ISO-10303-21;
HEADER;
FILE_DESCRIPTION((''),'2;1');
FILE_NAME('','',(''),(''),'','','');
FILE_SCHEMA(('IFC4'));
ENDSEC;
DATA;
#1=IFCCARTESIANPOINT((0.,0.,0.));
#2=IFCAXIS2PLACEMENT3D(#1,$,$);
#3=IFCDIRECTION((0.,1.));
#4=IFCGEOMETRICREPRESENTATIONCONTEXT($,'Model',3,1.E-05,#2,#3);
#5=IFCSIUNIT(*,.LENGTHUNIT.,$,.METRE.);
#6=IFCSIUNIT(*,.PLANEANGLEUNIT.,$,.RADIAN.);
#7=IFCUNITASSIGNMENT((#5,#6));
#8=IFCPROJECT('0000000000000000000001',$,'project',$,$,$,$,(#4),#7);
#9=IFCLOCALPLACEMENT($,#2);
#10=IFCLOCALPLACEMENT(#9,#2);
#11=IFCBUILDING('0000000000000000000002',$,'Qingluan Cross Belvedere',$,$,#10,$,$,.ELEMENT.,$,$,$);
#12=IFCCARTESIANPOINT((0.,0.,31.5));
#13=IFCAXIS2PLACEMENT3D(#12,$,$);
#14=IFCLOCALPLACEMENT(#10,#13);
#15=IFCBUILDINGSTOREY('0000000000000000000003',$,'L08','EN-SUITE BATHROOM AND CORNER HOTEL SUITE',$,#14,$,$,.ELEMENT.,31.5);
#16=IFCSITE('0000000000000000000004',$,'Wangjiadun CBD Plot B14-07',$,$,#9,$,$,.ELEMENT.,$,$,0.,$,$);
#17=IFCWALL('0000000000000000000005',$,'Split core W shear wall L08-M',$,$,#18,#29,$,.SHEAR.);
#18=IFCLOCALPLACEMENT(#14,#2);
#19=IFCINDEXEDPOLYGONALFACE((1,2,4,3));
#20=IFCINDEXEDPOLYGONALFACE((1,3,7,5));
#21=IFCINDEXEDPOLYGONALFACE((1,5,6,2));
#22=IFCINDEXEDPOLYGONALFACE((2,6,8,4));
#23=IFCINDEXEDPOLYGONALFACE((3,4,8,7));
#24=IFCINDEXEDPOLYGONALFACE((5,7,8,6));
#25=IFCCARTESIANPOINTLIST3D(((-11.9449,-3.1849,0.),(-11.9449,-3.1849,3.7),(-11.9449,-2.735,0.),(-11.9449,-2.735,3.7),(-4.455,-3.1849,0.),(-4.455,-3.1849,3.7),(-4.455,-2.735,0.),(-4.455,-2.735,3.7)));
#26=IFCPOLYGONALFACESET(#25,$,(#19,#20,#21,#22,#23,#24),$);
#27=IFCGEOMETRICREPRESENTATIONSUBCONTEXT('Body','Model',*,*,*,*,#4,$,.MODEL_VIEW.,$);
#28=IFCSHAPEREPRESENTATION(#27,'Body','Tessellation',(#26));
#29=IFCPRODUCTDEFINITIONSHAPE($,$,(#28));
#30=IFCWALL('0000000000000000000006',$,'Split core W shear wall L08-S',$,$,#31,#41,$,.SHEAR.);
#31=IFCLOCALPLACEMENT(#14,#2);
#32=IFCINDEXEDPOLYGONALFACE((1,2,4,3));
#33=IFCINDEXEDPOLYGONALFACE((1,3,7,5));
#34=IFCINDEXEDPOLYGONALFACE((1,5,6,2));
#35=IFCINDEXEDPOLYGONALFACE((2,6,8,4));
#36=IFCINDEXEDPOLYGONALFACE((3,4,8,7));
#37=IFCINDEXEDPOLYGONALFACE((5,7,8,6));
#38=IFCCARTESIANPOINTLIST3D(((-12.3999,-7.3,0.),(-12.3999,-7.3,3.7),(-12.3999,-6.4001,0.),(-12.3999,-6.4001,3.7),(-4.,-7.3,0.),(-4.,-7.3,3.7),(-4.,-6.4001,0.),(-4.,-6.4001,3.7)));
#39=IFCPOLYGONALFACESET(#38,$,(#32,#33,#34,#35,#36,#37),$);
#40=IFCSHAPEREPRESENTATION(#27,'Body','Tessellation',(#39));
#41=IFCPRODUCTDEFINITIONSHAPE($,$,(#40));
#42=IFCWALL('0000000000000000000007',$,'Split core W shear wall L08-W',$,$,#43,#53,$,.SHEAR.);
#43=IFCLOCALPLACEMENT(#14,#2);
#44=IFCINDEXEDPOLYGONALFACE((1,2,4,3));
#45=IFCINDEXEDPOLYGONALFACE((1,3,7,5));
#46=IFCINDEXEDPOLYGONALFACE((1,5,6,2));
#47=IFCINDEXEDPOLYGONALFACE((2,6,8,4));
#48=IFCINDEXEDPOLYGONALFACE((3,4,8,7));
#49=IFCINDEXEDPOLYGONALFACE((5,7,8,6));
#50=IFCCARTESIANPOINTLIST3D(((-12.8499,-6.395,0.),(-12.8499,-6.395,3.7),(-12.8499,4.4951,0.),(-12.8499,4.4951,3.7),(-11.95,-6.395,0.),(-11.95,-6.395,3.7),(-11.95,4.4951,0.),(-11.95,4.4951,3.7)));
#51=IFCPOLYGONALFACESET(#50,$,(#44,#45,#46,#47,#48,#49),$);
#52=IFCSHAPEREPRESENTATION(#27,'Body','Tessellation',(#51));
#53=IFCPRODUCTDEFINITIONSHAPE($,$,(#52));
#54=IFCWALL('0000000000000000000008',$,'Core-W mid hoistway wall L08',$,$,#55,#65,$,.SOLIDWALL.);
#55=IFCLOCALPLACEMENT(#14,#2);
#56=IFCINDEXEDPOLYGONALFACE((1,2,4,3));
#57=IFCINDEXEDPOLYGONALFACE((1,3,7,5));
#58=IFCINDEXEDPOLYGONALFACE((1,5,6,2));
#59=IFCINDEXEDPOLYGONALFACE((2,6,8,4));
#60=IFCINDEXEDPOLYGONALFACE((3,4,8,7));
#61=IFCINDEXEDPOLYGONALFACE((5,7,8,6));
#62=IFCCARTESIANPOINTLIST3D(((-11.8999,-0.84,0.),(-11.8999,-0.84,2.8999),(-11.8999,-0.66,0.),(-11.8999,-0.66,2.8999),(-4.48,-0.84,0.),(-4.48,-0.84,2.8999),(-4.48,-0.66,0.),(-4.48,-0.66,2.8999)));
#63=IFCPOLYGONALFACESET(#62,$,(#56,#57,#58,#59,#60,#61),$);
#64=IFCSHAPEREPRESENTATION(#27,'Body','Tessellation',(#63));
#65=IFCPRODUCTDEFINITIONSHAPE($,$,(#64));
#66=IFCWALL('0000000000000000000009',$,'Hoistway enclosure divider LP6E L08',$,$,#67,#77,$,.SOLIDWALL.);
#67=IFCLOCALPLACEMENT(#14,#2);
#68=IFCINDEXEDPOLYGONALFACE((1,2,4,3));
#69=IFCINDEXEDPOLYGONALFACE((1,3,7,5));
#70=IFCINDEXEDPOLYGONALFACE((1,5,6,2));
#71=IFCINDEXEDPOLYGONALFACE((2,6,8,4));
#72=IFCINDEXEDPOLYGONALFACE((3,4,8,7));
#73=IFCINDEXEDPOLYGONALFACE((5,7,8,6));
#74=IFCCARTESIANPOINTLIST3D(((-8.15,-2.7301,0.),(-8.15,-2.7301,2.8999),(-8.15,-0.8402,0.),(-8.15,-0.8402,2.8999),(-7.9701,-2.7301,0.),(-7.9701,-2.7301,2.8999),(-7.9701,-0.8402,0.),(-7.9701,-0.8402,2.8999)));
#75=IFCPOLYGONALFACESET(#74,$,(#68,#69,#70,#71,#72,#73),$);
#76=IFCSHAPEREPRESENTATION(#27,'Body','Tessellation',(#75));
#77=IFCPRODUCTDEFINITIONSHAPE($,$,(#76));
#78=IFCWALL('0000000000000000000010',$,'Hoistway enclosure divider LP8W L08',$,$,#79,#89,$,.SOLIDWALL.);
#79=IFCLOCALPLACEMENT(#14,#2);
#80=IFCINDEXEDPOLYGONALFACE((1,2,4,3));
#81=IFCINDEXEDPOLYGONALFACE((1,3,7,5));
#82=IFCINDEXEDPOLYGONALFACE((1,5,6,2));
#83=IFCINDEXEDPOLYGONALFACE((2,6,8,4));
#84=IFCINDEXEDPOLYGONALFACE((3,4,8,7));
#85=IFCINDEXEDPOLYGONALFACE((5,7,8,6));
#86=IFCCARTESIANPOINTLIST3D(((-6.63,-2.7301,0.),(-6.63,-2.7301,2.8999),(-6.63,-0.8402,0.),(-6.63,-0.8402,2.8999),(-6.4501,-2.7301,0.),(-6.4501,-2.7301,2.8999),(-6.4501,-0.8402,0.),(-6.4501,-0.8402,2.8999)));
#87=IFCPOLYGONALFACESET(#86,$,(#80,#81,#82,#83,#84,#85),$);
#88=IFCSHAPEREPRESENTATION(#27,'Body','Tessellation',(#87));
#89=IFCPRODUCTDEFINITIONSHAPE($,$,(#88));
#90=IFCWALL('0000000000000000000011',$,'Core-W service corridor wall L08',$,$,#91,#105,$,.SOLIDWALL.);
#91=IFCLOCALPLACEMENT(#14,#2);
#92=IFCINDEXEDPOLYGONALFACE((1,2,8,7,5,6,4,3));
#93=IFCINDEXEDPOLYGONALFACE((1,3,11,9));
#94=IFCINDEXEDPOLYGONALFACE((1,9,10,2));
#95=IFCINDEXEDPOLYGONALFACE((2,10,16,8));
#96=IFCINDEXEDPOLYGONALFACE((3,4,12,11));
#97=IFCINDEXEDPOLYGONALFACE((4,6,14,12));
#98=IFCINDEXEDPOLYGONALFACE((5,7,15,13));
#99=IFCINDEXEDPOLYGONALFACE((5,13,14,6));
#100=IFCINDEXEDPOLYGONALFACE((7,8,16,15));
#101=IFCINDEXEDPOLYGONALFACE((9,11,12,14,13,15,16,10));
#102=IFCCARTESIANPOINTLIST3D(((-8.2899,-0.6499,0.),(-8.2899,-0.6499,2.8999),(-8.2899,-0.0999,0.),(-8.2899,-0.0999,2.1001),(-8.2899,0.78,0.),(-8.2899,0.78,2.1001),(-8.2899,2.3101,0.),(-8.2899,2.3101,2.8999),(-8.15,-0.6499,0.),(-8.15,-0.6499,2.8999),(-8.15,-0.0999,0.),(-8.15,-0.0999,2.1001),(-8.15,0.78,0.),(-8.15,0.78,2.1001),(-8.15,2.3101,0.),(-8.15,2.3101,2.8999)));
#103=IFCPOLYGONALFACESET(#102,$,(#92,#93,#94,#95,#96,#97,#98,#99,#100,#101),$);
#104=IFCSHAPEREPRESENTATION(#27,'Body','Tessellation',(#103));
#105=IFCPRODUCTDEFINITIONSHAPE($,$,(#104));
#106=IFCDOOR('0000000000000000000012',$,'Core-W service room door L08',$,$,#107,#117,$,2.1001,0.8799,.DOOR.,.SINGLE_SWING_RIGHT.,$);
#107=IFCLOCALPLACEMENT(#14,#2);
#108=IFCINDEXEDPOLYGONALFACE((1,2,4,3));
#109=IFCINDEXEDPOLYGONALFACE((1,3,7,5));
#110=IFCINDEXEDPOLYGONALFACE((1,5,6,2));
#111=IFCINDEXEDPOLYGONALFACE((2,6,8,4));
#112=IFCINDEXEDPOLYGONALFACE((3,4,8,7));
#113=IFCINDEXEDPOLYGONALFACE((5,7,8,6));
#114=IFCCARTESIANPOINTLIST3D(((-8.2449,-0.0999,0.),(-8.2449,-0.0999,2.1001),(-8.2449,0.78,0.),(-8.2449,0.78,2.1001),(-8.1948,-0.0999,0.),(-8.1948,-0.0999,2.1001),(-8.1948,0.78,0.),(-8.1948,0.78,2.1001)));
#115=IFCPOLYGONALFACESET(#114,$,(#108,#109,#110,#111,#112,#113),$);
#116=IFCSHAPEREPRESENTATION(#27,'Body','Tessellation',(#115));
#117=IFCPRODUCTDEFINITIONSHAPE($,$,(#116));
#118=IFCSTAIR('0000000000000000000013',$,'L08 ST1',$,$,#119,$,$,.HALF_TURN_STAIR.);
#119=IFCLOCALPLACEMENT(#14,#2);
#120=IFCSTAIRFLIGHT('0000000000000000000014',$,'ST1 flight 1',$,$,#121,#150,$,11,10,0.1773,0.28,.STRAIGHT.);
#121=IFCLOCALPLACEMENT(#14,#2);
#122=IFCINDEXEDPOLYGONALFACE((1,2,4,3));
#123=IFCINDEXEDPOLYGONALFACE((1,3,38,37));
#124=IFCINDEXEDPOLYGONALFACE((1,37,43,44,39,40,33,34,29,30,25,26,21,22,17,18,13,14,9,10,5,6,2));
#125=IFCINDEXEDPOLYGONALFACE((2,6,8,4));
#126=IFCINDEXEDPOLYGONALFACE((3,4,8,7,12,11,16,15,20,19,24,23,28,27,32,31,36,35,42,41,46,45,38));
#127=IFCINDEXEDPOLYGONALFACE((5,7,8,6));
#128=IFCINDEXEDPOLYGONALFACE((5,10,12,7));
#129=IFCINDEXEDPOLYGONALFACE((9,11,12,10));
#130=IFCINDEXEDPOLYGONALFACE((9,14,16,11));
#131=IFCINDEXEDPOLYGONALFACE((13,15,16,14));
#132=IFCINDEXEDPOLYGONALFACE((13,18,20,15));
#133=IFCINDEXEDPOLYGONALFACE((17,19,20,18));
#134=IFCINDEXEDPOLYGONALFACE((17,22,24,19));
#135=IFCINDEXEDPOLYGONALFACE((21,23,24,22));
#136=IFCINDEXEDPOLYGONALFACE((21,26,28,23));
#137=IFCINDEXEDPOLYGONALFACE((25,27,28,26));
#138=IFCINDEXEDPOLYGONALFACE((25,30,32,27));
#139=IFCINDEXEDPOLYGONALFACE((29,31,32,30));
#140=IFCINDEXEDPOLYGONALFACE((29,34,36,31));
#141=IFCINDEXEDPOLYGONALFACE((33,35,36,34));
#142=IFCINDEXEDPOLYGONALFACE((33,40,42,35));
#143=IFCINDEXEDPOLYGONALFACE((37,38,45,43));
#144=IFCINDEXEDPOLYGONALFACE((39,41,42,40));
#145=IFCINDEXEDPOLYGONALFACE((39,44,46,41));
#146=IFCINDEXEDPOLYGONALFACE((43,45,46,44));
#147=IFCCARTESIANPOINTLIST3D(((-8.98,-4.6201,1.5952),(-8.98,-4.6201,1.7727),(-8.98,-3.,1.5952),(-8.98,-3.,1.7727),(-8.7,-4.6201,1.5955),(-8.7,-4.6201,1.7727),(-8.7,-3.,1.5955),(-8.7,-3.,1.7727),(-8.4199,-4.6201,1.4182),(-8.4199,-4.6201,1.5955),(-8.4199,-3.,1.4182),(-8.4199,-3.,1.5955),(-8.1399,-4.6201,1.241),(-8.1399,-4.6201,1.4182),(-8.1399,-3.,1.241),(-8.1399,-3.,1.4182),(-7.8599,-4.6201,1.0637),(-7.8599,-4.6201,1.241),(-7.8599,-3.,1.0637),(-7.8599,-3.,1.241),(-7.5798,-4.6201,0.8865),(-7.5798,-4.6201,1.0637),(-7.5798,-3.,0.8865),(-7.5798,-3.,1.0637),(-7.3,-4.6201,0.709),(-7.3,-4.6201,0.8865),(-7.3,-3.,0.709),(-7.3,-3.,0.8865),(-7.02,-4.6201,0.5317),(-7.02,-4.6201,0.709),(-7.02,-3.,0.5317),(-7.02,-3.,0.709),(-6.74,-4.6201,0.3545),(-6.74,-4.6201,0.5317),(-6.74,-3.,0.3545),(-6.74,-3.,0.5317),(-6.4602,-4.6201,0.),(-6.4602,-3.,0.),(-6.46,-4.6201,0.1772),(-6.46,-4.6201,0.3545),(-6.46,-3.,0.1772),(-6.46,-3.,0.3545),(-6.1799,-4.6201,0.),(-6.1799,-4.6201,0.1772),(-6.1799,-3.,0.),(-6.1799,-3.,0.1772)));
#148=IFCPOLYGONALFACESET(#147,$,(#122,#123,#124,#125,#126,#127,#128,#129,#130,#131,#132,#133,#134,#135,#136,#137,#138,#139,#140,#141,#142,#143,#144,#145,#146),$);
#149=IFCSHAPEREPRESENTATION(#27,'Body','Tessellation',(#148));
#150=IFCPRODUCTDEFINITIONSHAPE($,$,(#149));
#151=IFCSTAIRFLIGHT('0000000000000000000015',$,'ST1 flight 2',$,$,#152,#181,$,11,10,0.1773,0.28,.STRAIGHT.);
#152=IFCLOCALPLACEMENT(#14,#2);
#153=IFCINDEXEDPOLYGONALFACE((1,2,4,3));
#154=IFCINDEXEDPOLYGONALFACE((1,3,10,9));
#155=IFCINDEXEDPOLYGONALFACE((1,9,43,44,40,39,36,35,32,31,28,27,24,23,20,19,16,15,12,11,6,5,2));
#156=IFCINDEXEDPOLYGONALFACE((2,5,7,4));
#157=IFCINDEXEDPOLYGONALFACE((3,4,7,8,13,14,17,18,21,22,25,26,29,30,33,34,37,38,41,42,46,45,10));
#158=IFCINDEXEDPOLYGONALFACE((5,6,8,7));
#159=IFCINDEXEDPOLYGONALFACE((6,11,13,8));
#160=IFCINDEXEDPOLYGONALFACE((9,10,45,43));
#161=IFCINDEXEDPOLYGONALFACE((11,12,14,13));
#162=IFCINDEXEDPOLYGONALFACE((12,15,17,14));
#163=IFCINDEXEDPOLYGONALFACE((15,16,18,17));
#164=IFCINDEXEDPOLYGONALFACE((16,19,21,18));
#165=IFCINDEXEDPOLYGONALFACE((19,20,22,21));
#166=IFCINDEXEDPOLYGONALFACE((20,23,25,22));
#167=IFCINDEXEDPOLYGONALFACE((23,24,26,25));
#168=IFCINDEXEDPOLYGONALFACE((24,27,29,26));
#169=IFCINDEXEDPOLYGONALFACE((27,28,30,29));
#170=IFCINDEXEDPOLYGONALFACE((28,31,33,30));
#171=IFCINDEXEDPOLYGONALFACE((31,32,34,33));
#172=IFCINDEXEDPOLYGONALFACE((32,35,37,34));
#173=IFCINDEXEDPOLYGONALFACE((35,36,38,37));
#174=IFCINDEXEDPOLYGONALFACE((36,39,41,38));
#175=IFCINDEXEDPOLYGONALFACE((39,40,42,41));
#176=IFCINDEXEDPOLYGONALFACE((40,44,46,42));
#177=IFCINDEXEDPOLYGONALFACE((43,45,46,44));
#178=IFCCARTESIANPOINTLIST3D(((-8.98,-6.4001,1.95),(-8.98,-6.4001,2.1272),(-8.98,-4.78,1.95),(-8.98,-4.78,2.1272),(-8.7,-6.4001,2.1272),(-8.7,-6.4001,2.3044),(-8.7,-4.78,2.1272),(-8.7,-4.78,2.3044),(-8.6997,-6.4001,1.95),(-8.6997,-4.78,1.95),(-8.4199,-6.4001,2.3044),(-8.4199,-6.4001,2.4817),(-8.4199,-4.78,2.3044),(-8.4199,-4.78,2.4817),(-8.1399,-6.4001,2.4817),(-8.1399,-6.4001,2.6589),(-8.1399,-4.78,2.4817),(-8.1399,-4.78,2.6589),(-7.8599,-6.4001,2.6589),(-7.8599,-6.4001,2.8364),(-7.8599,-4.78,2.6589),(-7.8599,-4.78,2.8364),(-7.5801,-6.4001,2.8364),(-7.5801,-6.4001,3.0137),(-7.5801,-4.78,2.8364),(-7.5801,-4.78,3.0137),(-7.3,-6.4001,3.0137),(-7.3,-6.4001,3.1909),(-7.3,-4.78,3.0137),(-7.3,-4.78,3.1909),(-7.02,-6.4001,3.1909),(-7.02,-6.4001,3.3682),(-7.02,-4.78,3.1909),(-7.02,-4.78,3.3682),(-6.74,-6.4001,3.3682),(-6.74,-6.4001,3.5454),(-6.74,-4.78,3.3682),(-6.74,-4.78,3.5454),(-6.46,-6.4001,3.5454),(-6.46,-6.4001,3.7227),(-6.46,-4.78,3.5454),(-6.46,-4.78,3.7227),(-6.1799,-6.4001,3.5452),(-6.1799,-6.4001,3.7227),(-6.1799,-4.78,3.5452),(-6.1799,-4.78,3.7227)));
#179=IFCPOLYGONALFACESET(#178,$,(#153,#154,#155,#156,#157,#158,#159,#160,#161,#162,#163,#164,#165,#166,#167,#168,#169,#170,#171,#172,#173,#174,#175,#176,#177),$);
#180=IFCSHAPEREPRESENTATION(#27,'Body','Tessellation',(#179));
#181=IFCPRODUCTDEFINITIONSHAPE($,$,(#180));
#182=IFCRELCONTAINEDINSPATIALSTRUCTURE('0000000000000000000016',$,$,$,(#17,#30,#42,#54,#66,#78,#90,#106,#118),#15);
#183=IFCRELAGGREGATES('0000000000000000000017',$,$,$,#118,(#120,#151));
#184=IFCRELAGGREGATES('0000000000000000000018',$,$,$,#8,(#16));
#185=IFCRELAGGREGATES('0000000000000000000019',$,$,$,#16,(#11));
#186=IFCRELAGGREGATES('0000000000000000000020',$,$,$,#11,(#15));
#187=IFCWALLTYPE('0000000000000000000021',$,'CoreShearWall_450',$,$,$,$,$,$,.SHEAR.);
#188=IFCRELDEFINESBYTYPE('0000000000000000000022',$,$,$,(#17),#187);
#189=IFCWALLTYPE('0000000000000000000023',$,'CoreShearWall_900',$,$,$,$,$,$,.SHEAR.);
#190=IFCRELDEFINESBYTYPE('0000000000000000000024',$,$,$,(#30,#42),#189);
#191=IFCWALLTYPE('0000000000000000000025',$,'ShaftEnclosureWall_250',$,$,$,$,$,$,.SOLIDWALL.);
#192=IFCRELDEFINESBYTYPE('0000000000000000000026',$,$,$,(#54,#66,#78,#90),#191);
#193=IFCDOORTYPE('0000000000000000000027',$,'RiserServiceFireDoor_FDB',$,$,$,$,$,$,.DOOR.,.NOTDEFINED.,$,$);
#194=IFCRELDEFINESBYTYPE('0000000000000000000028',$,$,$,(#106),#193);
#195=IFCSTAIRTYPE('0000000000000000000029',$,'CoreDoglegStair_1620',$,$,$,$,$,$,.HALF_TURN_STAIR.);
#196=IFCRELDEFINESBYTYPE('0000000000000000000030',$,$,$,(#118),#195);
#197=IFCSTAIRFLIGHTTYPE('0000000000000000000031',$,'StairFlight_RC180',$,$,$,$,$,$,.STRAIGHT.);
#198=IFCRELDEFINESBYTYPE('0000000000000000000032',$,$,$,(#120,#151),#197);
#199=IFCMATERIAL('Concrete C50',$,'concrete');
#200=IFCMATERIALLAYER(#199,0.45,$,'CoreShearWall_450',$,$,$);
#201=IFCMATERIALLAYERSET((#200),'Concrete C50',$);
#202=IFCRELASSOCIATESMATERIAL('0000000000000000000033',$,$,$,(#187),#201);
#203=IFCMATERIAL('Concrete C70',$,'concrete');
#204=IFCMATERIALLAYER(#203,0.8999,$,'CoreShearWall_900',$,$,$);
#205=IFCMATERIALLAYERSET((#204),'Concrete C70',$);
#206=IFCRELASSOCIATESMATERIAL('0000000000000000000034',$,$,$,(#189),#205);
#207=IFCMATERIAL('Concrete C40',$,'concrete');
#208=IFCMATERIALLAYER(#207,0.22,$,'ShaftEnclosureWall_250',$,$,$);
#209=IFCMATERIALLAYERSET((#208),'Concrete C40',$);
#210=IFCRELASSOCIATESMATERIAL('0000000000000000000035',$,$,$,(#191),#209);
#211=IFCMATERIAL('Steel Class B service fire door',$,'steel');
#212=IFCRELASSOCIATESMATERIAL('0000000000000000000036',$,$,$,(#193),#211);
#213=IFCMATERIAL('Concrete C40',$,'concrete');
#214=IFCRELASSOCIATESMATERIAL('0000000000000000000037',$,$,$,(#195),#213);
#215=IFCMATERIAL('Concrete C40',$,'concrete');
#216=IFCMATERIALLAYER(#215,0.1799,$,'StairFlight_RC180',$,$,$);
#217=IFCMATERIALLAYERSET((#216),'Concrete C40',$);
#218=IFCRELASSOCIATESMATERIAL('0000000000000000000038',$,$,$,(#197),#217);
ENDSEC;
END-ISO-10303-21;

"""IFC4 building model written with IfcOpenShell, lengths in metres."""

from ifc_helpers import new_model, si_unit, direction, frame, frame_2d, origin, place, context, subcontext, project, spatial, polyline, rectangle, outline, extrude, material, layer, layer_set, type_object, element, fill, aggregate, save


model = new_model("IFC4")

# Units and contexts
model_context = context("Model", 3, precision=1e-05, world=origin(), true_north=direction((0.0, 1.0)))
body_context = subcontext(model_context, "Body", "Model", "MODEL_VIEW")
ifc_project = project(units=[si_unit("LENGTHUNIT", "METRE"), si_unit("PLANEANGLEUNIT", "RADIAN")], contexts=[model_context])

# Site, building, storey
site_placement = place(None, origin())
site = spatial("IfcSite", under=ifc_project, at=site_placement, Name="Wangjiadun CBD Plot B14-07", CompositionType="ELEMENT", RefElevation=0.0)
building_placement = place(site_placement, origin())
building = spatial("IfcBuilding", under=site, at=building_placement, Name="Qingluan Cross Belvedere", CompositionType="ELEMENT")
storey_placement = place(building_placement, frame((0.0, 0.0, 31.5)))
storey = spatial("IfcBuildingStorey", under=building, at=storey_placement, Name="L08", Description="EN-SUITE BATHROOM AND CORNER HOTEL SUITE", CompositionType="ELEMENT", Elevation=31.5)

# Walls
ifc_material_1 = material(Name="Concrete C50", Category="concrete")
ifc_layer_1 = layer(ifc_material_1, 0.45, Name="CoreShearWall_450")
ifc_layer_set_1 = layer_set([ifc_layer_1], Name="Concrete C50")
wall_type_1 = type_object("IfcWallType", Name="CoreShearWall_450", PredefinedType="SHEAR", material=ifc_layer_set_1)
wall_1_placement = place(storey_placement, frame((-11.9451, -2.96, 0.0), z_axis=(0.0, 0.0, 1.0), x_axis=(1.0, 0.0, 0.0)))
element("IfcWall", 1, at=wall_1_placement, inside=storey, type_object=wall_type_1, Name="Split core W shear wall L08-M", PredefinedType="SHEAR", context=body_context, shape_type="SweptSolid", body=[
    extrude(rectangle(XDim=7.49, YDim=0.45, at=frame_2d((3.7451, 0.0))), origin(), (0.0, 0.0, 1.0), 3.7),
])
ifc_material_2 = material(Name="Concrete C70", Category="concrete")
ifc_layer_2 = layer(ifc_material_2, 0.8999, Name="CoreShearWall_900")
ifc_layer_set_2 = layer_set([ifc_layer_2], Name="Concrete C70")
wall_type_2 = type_object("IfcWallType", Name="CoreShearWall_900", PredefinedType="SHEAR", material=ifc_layer_set_2)
wall_2_placement = place(storey_placement, frame((-12.3999, -6.8501, 0.0), z_axis=(0.0, 0.0, 1.0), x_axis=(1.0, 0.0, 0.0)))
element("IfcWall", 2, at=wall_2_placement, inside=storey, type_object=wall_type_2, Name="Split core W shear wall L08-S", PredefinedType="SHEAR", context=body_context, shape_type="SweptSolid", body=[
    extrude(rectangle(XDim=8.3999, YDim=0.8999, at=frame_2d((4.2, 0.0))), origin(), (0.0, 0.0, 1.0), 3.7),
])
wall_3_placement = place(storey_placement, frame((-12.3999, -6.395, 0.0), z_axis=(0.0, 0.0, 1.0), x_axis=(0.0, 1.0, 0.0)))
element("IfcWall", 3, at=wall_3_placement, inside=storey, type_object=wall_type_2, Name="Split core W shear wall L08-W", PredefinedType="SHEAR", context=body_context, shape_type="SweptSolid", body=[
    extrude(rectangle(XDim=10.8901, YDim=0.8999, at=frame_2d((5.4451, 0.0))), origin(), (0.0, 0.0, 1.0), 3.7),
])

# Walls
ifc_material_3 = material(Name="Concrete C40", Category="concrete")
ifc_layer_3 = layer(ifc_material_3, 0.22, Name="ShaftEnclosureWall_250")
ifc_layer_set_3 = layer_set([ifc_layer_3], Name="Concrete C40")
wall_type_3 = type_object("IfcWallType", Name="ShaftEnclosureWall_250", PredefinedType="SOLIDWALL", material=ifc_layer_set_3)
wall_4_placement = place(storey_placement, frame((-11.8999, -0.75, 0.0), z_axis=(0.0, 0.0, 1.0), x_axis=(1.0, 0.0, 0.0)))
element("IfcWall", 4, at=wall_4_placement, inside=storey, type_object=wall_type_3, Name="Core-W mid hoistway wall L08", PredefinedType="SOLIDWALL", context=body_context, shape_type="SweptSolid", body=[
    extrude(rectangle(XDim=7.4199, YDim=0.1799, at=frame_2d((3.71, 0.0))), origin(), (0.0, 0.0, 1.0), 2.8999),
])
for number, where, z_axis, x_axis, name in (
    (5, (-8.0601, -2.73, 0.0), (0.0, 0.0, 1.0), (0.0, 1.0, 0.0), "Hoistway enclosure divider LP6E L08"),
    (6, (-6.54, -2.73, 0.0), (0.0, 0.0, 1.0), (0.0, 1.0, 0.0), "Hoistway enclosure divider LP8W L08"),
):
    element("IfcWall", number, at=place(storey_placement, frame(where, z_axis=z_axis, x_axis=x_axis)), inside=storey, type_object=wall_type_3, Name=name, PredefinedType="SOLIDWALL", context=body_context, shape_type="SweptSolid", body=[
        extrude(rectangle(XDim=1.8899, YDim=0.1799, at=frame_2d((0.9448, 0.0))), origin(), (0.0, 0.0, 1.0), 2.8999),
    ])

# Wall, opening, door
wall_5_placement = place(storey_placement, frame((-8.22, -0.6499, 0.0), z_axis=(0.0, 0.0, 1.0), x_axis=(0.0, 1.0, 0.0)))
wall_5 = element("IfcWall", 7, at=wall_5_placement, inside=storey, type_object=wall_type_3, Name="Core-W service corridor wall L08", PredefinedType="SOLIDWALL", context=body_context, shape_type="SweptSolid", body=[
    extrude(rectangle(XDim=2.96, YDim=0.1399, at=frame_2d((1.48, 0.0))), origin(), (0.0, 0.0, 1.0), 2.8999),
])
opening_1_placement = place(wall_5_placement, frame((0.55, 0.0, 0.0)))
opening_1 = element("IfcOpeningElement", 8, at=opening_1_placement, cuts=wall_5, PredefinedType="OPENING", context=body_context, shape_type="SweptSolid", body=[
    extrude(rectangle(XDim=0.8799, YDim=2.1001, at=frame_2d((0.4399, 1.05))), frame((0.0, 0.0798, 0.0), z_axis=(0.0, -1.0, 0.0), x_axis=(1.0, 0.0, 0.0)), (0.0, 0.0, 1.0), 0.1599),
])
ifc_material_4 = material(Name="Steel Class B service fire door", Category="steel")
door_type_1 = type_object("IfcDoorType", Name="RiserServiceFireDoor_FDB", OperationType="NOTDEFINED", PredefinedType="DOOR", material=ifc_material_4)
door_1_placement = place(opening_1_placement, origin())
door_1 = element("IfcDoor", 9, at=door_1_placement, inside=storey, type_object=door_type_1, Name="Core-W service room door L08", OperationType="SINGLE_SWING_RIGHT", OverallHeight=2.1001, OverallWidth=0.8799, PredefinedType="DOOR", context=body_context, shape_type="SweptSolid", body=[
    extrude(rectangle(XDim=0.8799, YDim=2.1001, at=frame_2d((0.4399, 1.05))), frame((0.0, 0.0249, 0.0), z_axis=(0.0, -1.0, 0.0), x_axis=(1.0, 0.0, 0.0)), (0.0, 0.0, 1.0), 0.05),
])
fill(opening_1, door_1)

# Stair, stair flights
ifc_material_5 = material(Name="Concrete C40", Category="concrete")
stair_type = type_object("IfcStairType", Name="CoreDoglegStair_1620", PredefinedType="HALF_TURN_STAIR", material=ifc_material_5)
stair_placement = place(storey_placement, origin())
stair = element("IfcStair", 10, at=stair_placement, inside=storey, type_object=stair_type, Name="L08 ST1", PredefinedType="HALF_TURN_STAIR")
ifc_material_6 = material(Name="Concrete C40", Category="concrete")
ifc_layer_4 = layer(ifc_material_6, 0.1799, Name="StairFlight_RC180")
ifc_layer_set_4 = layer_set([ifc_layer_4], Name="Concrete C40")
stair_flight_type = type_object("IfcStairFlightType", Name="StairFlight_RC180", PredefinedType="STRAIGHT", material=ifc_layer_set_4)
stair_flight_1_placement = place(storey_placement, frame((-6.1799, -3.8101, 0.0), z_axis=(0.0, 0.0, 1.0), x_axis=(-1.0, 0.0, 0.0)))
stair_flight_1 = element("IfcStairFlight", 11, at=stair_flight_1_placement, type_object=stair_flight_type, Name="ST1 flight 1", NumberOfRisers=11, NumberOfTreads=10, PredefinedType="STRAIGHT", RiserHeight=0.1773, TreadLength=0.28, context=body_context, shape_type="SweptSolid", body=[
    extrude(outline(polyline([(0.0, 0.0), (0.0, 0.1772), (0.28, 0.1772), (0.28, 0.3545), (0.5601, 0.3545), (0.5601, 0.5317), (0.8401, 0.5317), (0.8401, 0.709), (1.1201, 0.709), (1.1201, 0.8865), (1.3999, 0.8865), (1.3999, 1.0637), (1.6799, 1.0637), (1.6799, 1.241), (1.96, 1.241), (1.96, 1.4182), (2.24, 1.4182), (2.24, 1.5955), (2.52, 1.5955), (2.52, 1.7727), (2.8, 1.7727), (2.8, 1.95), (2.8, 1.5952), (0.2803, 0.0), (0.0, 0.0)])), frame((0.0, 0.8101, 0.0), z_axis=(0.0, -1.0, 0.0), x_axis=(1.0, 0.0, 0.0)), (0.0, 0.0, 1.0), 1.6201),
])
stair_flight_2_placement = place(storey_placement, frame((-8.98, -5.5901, 1.95), z_axis=(0.0, 0.0, 1.0), x_axis=(1.0, 0.0, 0.0)))
stair_flight_2 = element("IfcStairFlight", 12, at=stair_flight_2_placement, type_object=stair_flight_type, Name="ST1 flight 2", NumberOfRisers=11, NumberOfTreads=10, PredefinedType="STRAIGHT", RiserHeight=0.1773, TreadLength=0.28, context=body_context, shape_type="SweptSolid", body=[
    extrude(outline(polyline([(0.0, 0.0), (0.0, 0.1772), (0.28, 0.1772), (0.28, 0.3545), (0.5601, 0.3545), (0.5601, 0.5317), (0.8401, 0.5317), (0.8401, 0.709), (1.1201, 0.709), (1.1201, 0.8865), (1.3999, 0.8865), (1.3999, 1.0637), (1.6799, 1.0637), (1.6799, 1.241), (1.96, 1.241), (1.96, 1.4182), (2.24, 1.4182), (2.24, 1.5955), (2.52, 1.5955), (2.52, 1.7727), (2.8, 1.7727), (2.8, 1.95), (2.8, 1.5952), (0.2803, 0.0), (0.0, 0.0)])), frame((0.0, 0.8101, 0.0), z_axis=(0.0, -1.0, 0.0), x_axis=(1.0, 0.0, 0.0)), (0.0, 0.0, 1.0), 1.6201),
])
aggregate(stair, [stair_flight_1, stair_flight_2])

save(model, "model.ifc")
